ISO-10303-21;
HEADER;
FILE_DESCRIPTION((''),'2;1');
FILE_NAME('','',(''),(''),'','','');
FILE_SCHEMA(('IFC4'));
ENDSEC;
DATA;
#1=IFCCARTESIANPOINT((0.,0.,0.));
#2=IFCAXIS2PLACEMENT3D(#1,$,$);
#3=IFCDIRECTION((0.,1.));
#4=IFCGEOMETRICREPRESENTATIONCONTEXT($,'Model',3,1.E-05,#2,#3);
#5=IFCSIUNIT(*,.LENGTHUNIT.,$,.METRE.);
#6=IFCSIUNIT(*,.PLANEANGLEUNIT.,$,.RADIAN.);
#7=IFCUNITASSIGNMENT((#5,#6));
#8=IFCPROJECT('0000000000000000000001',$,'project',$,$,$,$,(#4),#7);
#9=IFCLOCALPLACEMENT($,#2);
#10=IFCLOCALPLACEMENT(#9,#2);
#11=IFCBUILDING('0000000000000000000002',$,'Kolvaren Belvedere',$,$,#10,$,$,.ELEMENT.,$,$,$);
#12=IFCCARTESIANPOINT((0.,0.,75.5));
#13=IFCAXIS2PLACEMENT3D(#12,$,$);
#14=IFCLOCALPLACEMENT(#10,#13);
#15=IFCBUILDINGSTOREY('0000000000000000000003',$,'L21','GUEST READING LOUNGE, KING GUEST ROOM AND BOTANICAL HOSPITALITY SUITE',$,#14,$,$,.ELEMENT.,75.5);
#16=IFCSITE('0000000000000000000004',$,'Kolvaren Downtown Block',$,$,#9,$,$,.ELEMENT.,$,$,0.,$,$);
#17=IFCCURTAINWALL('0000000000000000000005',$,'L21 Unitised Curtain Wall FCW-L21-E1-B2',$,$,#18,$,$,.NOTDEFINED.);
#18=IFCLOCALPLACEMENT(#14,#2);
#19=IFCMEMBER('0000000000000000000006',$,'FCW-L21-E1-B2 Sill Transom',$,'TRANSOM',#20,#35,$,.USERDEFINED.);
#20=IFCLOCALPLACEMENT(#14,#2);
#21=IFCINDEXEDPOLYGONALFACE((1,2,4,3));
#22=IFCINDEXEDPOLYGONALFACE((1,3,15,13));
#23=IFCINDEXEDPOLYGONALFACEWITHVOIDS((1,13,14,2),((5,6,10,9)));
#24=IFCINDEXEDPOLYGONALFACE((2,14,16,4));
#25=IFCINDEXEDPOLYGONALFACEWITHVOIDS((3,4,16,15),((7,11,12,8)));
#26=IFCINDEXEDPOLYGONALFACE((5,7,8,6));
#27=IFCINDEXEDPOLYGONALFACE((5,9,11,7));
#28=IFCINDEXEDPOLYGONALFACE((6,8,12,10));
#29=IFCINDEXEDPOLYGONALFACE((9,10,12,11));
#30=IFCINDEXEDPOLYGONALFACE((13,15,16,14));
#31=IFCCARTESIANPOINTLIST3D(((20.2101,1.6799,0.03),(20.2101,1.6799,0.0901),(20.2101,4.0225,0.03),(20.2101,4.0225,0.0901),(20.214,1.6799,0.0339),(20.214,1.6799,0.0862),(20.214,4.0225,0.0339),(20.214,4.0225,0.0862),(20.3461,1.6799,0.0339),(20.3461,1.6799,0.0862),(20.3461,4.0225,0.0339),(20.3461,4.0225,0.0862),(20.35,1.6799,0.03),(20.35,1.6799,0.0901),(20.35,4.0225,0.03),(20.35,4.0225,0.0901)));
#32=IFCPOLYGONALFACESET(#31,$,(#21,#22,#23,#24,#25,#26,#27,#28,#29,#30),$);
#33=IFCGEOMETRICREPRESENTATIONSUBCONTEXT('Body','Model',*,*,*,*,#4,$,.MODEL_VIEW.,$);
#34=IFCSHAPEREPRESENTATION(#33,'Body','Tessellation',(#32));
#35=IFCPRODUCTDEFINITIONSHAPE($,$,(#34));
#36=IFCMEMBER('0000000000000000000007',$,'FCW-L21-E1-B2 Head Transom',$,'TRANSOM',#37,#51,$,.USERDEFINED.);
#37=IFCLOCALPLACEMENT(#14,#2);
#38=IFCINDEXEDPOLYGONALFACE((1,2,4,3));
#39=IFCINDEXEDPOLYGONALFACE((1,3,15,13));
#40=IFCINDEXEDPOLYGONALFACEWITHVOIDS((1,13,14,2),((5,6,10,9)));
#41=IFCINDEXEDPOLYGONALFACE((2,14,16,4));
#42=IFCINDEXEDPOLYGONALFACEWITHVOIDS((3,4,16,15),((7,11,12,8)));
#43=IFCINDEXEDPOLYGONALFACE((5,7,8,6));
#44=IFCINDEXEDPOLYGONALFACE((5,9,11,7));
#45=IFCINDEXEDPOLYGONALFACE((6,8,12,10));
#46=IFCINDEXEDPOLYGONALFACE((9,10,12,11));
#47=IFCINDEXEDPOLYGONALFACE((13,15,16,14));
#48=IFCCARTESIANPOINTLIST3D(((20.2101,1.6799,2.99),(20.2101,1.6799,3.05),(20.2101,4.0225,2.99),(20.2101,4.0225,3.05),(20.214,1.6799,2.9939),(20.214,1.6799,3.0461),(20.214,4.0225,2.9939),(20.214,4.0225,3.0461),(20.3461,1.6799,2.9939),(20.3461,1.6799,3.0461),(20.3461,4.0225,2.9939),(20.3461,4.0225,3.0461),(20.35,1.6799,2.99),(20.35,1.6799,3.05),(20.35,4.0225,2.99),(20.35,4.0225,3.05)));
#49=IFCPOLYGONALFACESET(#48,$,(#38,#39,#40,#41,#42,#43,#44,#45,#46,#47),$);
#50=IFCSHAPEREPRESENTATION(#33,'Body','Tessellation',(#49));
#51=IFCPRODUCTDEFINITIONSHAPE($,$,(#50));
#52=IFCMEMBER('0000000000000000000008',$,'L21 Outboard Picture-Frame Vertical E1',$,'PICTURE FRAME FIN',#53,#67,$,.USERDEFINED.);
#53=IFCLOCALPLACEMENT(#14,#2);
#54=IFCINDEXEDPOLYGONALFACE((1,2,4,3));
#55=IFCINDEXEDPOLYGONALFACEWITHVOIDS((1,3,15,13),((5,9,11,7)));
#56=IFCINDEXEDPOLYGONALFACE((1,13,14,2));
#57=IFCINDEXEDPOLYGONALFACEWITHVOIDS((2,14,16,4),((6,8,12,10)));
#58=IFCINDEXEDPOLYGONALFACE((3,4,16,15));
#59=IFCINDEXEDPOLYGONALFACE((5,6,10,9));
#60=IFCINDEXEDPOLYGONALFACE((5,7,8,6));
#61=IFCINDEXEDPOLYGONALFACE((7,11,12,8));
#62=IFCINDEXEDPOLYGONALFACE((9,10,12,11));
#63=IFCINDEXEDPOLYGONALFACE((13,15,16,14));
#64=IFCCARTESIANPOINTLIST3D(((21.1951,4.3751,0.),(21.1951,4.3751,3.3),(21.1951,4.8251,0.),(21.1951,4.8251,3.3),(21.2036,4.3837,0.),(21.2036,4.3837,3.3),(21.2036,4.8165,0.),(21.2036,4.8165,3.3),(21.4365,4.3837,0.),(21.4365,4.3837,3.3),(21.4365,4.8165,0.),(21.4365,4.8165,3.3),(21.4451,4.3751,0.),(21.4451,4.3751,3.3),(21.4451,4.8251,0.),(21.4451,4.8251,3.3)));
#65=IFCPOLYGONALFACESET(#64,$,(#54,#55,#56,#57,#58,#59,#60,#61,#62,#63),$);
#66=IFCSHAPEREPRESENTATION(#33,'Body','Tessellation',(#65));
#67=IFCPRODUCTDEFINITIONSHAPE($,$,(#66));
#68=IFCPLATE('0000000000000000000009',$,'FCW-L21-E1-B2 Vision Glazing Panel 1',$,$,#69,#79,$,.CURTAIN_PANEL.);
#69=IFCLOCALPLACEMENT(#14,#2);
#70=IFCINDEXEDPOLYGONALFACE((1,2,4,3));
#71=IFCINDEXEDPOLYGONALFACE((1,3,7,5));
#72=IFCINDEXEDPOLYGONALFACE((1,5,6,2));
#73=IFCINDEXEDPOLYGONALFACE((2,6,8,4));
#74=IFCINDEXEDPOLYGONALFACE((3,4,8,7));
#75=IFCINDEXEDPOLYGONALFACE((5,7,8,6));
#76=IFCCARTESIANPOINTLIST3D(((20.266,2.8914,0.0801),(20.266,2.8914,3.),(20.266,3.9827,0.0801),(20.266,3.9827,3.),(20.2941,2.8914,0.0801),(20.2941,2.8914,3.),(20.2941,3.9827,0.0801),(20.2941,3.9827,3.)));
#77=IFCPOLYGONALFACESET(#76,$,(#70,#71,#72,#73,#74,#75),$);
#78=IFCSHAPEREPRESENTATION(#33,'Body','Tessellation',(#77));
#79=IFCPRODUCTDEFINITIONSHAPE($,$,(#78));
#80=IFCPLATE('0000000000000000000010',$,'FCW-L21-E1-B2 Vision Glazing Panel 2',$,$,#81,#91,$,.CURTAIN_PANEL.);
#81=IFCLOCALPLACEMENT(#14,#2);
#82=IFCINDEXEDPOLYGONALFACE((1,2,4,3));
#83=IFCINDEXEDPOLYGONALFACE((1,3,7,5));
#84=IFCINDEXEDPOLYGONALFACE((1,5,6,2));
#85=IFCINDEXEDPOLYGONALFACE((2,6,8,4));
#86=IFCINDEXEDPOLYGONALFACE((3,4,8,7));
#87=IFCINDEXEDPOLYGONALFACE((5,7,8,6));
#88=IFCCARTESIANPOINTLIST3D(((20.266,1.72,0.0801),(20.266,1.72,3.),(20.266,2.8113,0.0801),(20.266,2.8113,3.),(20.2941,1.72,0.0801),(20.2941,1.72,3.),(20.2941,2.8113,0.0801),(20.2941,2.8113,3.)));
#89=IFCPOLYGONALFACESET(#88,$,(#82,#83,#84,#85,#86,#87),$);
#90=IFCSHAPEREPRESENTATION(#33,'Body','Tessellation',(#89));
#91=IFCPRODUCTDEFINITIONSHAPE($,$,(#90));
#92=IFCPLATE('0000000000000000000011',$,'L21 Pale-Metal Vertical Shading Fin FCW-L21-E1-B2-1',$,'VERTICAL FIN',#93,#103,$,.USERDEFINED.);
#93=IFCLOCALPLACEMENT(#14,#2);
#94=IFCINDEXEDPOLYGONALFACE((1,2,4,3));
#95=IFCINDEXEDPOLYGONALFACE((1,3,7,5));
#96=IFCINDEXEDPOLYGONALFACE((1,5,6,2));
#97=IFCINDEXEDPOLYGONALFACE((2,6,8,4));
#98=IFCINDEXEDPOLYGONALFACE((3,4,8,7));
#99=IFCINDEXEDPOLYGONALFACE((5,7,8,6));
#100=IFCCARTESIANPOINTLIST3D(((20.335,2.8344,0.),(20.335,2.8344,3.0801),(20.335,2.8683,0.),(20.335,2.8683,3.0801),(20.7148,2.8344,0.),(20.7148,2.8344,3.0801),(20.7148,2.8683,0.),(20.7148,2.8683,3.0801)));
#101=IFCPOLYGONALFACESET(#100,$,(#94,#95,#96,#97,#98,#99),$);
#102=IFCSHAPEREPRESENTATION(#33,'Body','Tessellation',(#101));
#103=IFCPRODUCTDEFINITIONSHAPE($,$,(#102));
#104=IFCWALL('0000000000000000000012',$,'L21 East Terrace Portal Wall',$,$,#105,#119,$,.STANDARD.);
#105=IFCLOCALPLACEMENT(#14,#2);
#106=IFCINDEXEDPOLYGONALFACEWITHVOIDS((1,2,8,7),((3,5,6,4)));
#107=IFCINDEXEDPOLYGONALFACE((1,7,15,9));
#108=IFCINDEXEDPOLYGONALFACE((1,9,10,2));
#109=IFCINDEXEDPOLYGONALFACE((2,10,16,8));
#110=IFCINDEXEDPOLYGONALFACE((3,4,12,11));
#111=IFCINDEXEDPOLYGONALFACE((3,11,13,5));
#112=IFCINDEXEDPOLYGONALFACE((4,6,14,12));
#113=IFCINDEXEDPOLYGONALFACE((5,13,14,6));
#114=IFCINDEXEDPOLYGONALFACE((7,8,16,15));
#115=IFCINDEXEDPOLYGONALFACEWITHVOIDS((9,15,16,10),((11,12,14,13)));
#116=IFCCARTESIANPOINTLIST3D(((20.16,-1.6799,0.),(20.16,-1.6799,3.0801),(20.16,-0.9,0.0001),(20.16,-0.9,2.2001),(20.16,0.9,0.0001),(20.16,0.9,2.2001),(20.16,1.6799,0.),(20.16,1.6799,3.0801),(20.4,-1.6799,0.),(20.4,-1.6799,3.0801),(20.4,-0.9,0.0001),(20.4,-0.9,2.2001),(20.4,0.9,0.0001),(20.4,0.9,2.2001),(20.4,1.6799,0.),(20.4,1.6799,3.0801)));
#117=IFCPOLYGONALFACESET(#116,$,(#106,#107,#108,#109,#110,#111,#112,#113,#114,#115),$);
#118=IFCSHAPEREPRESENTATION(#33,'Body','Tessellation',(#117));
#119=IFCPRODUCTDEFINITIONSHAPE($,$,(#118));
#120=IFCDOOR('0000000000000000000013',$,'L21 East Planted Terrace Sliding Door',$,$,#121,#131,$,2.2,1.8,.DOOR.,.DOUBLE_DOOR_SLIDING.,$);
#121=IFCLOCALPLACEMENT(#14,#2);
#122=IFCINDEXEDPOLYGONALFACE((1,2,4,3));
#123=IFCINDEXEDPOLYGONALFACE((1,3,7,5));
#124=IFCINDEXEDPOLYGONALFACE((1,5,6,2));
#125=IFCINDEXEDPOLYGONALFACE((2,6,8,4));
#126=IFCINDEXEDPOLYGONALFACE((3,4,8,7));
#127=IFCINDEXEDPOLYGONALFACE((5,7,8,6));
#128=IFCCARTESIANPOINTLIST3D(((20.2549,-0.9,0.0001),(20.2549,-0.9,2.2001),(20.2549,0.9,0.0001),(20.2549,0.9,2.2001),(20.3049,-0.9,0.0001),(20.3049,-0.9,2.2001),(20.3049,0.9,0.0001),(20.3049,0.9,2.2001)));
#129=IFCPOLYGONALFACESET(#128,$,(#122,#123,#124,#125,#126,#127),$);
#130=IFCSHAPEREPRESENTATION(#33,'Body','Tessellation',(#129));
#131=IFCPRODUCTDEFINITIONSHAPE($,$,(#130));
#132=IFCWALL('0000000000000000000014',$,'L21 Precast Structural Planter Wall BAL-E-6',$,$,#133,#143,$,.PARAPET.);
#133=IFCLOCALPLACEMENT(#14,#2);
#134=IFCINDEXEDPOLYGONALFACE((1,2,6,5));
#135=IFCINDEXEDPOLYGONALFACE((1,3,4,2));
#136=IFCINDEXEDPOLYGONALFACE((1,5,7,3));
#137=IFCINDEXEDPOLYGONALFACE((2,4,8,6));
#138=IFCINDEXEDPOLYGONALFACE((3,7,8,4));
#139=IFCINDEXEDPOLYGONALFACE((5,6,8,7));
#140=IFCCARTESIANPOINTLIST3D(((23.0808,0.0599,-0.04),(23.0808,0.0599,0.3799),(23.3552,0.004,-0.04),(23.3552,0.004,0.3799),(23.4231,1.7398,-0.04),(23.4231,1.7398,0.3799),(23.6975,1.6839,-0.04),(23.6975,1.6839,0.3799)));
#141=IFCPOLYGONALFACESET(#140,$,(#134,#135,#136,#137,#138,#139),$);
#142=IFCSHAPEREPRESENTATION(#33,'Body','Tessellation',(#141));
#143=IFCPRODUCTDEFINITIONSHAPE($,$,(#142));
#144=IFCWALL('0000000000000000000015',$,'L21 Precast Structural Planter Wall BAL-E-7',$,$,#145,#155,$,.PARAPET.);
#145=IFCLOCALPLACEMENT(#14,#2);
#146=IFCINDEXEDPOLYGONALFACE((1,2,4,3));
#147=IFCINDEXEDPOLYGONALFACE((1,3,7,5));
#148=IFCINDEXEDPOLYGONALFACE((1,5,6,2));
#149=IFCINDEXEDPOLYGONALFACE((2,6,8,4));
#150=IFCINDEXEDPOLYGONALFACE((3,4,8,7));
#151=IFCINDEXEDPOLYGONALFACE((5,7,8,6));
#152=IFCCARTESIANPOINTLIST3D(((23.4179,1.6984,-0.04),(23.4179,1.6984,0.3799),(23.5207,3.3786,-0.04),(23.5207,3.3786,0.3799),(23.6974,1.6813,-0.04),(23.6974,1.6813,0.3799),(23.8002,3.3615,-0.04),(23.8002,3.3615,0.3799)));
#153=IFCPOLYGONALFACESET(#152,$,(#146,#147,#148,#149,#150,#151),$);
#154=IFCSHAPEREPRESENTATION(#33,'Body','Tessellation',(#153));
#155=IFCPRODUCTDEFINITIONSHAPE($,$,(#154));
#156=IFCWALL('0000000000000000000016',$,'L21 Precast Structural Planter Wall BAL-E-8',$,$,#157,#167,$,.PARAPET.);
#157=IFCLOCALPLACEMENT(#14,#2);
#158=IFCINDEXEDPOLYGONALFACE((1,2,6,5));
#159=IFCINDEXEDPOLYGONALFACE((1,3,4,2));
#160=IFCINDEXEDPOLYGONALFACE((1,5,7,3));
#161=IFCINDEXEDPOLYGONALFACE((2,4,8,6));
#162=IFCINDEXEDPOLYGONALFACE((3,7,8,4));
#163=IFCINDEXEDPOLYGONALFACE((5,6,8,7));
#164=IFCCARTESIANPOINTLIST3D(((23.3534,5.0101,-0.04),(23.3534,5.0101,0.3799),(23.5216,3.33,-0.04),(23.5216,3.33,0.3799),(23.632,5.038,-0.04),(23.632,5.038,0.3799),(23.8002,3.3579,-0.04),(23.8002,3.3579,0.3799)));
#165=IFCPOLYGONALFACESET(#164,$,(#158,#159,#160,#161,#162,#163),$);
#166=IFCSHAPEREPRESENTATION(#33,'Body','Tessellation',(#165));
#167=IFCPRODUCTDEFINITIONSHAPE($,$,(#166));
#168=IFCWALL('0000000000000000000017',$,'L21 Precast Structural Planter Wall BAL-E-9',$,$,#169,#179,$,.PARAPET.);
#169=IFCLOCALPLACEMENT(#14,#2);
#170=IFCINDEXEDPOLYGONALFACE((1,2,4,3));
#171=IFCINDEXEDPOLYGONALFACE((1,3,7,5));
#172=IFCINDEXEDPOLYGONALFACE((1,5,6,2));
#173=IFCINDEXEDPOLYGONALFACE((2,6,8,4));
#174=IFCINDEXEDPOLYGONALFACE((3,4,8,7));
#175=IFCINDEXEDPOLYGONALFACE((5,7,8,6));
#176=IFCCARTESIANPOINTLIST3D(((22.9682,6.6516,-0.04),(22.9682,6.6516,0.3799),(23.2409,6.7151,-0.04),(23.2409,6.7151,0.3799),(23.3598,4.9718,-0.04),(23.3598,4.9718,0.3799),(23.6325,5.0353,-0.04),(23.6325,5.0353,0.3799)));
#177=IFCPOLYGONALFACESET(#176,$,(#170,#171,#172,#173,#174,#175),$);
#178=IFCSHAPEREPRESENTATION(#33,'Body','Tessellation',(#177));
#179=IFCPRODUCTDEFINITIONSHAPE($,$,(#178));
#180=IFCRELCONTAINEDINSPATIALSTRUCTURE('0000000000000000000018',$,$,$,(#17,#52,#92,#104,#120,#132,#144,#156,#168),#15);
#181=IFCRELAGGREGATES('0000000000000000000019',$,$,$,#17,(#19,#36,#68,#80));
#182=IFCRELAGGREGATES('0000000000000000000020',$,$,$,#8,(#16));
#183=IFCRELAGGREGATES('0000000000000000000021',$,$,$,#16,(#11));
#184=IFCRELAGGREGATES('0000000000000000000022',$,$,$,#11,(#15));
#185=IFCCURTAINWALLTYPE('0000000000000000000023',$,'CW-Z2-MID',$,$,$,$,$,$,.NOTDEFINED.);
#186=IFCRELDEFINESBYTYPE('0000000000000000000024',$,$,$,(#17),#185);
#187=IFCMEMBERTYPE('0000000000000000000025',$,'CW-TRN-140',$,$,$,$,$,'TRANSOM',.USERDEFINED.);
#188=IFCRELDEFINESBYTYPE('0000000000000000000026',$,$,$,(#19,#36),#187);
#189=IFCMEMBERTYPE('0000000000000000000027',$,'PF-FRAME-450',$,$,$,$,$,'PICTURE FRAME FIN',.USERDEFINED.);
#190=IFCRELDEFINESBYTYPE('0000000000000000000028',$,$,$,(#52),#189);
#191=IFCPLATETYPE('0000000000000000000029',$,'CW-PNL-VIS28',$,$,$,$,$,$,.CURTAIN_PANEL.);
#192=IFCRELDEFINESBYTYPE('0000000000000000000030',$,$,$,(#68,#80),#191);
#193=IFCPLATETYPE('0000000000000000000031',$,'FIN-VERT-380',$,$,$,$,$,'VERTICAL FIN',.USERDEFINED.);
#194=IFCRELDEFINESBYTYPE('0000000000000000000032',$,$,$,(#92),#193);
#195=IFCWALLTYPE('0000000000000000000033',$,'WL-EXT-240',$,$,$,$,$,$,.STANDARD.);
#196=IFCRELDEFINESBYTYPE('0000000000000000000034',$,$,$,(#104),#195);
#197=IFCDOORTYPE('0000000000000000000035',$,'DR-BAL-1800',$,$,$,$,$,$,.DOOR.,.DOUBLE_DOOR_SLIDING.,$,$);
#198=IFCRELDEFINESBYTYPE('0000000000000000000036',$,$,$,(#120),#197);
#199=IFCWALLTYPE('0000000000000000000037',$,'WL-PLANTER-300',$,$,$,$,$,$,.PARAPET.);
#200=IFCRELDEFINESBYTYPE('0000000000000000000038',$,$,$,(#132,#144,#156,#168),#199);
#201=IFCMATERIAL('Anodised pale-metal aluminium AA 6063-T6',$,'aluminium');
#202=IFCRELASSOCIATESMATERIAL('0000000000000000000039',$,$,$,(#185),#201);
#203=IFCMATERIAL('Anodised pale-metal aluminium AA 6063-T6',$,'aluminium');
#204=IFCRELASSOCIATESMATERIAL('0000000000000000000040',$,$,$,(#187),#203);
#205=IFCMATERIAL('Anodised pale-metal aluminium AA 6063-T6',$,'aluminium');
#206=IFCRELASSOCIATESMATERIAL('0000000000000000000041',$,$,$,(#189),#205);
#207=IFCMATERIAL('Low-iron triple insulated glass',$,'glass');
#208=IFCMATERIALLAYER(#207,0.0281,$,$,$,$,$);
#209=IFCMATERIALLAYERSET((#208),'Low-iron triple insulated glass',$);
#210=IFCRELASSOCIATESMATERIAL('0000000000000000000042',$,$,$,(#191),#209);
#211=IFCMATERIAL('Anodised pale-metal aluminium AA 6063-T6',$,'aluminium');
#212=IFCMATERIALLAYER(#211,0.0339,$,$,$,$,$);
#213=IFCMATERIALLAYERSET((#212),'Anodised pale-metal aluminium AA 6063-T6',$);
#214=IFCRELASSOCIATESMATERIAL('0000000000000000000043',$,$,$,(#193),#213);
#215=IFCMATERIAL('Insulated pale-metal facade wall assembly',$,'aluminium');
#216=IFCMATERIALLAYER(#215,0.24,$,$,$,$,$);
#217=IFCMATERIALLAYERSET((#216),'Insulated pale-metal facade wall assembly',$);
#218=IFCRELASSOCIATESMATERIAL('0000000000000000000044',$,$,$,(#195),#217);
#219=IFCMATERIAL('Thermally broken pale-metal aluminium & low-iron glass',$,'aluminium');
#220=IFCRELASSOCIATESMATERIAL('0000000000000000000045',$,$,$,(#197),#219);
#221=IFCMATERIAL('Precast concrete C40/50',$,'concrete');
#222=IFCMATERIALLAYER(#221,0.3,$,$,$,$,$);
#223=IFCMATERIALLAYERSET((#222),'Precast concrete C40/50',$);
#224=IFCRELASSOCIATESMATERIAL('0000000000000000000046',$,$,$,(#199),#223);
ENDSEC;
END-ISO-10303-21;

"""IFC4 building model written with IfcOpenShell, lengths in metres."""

from ifc_helpers import new_model, si_unit, direction, frame, frame_2d, origin, origin_2d, place, context, subcontext, project, spatial, rectangle, hollow_rectangle, extrude, material, layer, layer_set, material_profile, profile_set, type_object, element, fill, aggregate, save


model = new_model("IFC4")

# Units and contexts
model_context = context("Model", 3, precision=1e-05, world=origin(), true_north=direction((0.0, 1.0)))
body_context = subcontext(model_context, "Body", "Model", "MODEL_VIEW")
ifc_project = project(units=[si_unit("LENGTHUNIT", "METRE"), si_unit("PLANEANGLEUNIT", "RADIAN")], contexts=[model_context])

# Site, building, storey
site_placement = place(None, origin())
site = spatial("IfcSite", under=ifc_project, at=site_placement, Name="Kolvaren Downtown Block", CompositionType="ELEMENT", RefElevation=0.0)
building_placement = place(site_placement, origin())
building = spatial("IfcBuilding", under=site, at=building_placement, Name="Kolvaren Belvedere", CompositionType="ELEMENT")
storey_placement = place(building_placement, frame((0.0, 0.0, 75.5)))
storey = spatial("IfcBuildingStorey", under=building, at=storey_placement, Name="L21", Description="GUEST READING LOUNGE, KING GUEST ROOM AND BOTANICAL HOSPITALITY SUITE", CompositionType="ELEMENT", Elevation=75.5)

# Shared definitions
ifc_material_1 = material(Name="Anodised pale-metal aluminium AA 6063-T6", Category="aluminium")
curtain_wall_type = type_object("IfcCurtainWallType", Name="CW-Z2-MID", PredefinedType="NOTDEFINED", material=ifc_material_1)

# Curtain wall, members
curtain_wall_1_placement = place(storey_placement, origin())
curtain_wall_1 = element("IfcCurtainWall", 1, at=curtain_wall_1_placement, inside=storey, type_object=curtain_wall_type, Name="L21 Unitised Curtain Wall FCW-L21-E1-B2", PredefinedType="NOTDEFINED")
ifc_material_2 = material(Name="Anodised pale-metal aluminium AA 6063-T6", Category="aluminium")
ifc_material_profile_1 = material_profile(ifc_material_2, hollow_rectangle(XDim=0.0601, YDim=0.1399, WallThickness=0.0039, at=origin_2d()), Name="ALU-TRN-140X60")
ifc_profile_set_1 = profile_set([ifc_material_profile_1], Name="Anodised pale-metal aluminium AA 6063-T6")
member_type_1 = type_object("IfcMemberType", Name="CW-TRN-140", ElementType="TRANSOM", PredefinedType="USERDEFINED", material=ifc_profile_set_1)
member_1_placement = place(storey_placement, frame((20.28, 4.0225, 0.0601), z_axis=(0.0, -1.0, 0.0), x_axis=(0.0, 0.0, 1.0)))
member_1 = element("IfcMember", 2, at=member_1_placement, type_object=member_type_1, Name="FCW-L21-E1-B2 Sill Transom", ObjectType="TRANSOM", PredefinedType="USERDEFINED", context=body_context, shape_type="SweptSolid", body=[
    extrude(hollow_rectangle(XDim=0.0601, YDim=0.1399, WallThickness=0.0039, at=origin_2d()), origin(), (0.0, 0.0, 1.0), 2.3425),
])
member_2_placement = place(storey_placement, frame((20.28, 4.0225, 3.02), z_axis=(0.0, -1.0, 0.0), x_axis=(0.0, 0.0, 1.0)))
member_2 = element("IfcMember", 3, at=member_2_placement, type_object=member_type_1, Name="FCW-L21-E1-B2 Head Transom", ObjectType="TRANSOM", PredefinedType="USERDEFINED", context=body_context, shape_type="SweptSolid", body=[
    extrude(hollow_rectangle(XDim=0.0601, YDim=0.1399, WallThickness=0.0039, at=origin_2d()), origin(), (0.0, 0.0, 1.0), 2.3425),
])

# Member
ifc_material_3 = material(Name="Anodised pale-metal aluminium AA 6063-T6", Category="aluminium")
ifc_material_profile_2 = material_profile(ifc_material_3, hollow_rectangle(XDim=0.25, YDim=0.45, WallThickness=0.0085, at=origin_2d()), Name="ALU-PF-450X250")
ifc_profile_set_2 = profile_set([ifc_material_profile_2], Name="Anodised pale-metal aluminium AA 6063-T6")
member_type_2 = type_object("IfcMemberType", Name="PF-FRAME-450", ElementType="PICTURE FRAME FIN", PredefinedType="USERDEFINED", material=ifc_profile_set_2)
member_3_placement = place(storey_placement, frame((21.3201, 4.6001, 0.0), z_axis=(0.0, 0.0, 1.0), x_axis=(1.0, 0.0, 0.0)))
element("IfcMember", 4, at=member_3_placement, inside=storey, type_object=member_type_2, Name="L21 Outboard Picture-Frame Vertical E1", ObjectType="PICTURE FRAME FIN", PredefinedType="USERDEFINED", context=body_context, shape_type="SweptSolid", body=[
    extrude(hollow_rectangle(XDim=0.25, YDim=0.45, WallThickness=0.0085, at=origin_2d()), origin(), (0.0, 0.0, 1.0), 3.3),
])

# Plates
ifc_material_4 = material(Name="Low-iron triple insulated glass", Category="glass")
ifc_layer_1 = layer(ifc_material_4, 0.0281)
ifc_layer_set_1 = layer_set([ifc_layer_1], Name="Low-iron triple insulated glass")
plate_type_1 = type_object("IfcPlateType", Name="CW-PNL-VIS28", PredefinedType="CURTAIN_PANEL", material=ifc_layer_set_1)
plate_1_placement = place(storey_placement, frame((20.28, 3.437, 0.0801), z_axis=(0.0, 0.0, 1.0), x_axis=(0.0, -1.0, 0.0)))
plate_1 = element("IfcPlate", 5, at=plate_1_placement, type_object=plate_type_1, Name="FCW-L21-E1-B2 Vision Glazing Panel 1", PredefinedType="CURTAIN_PANEL", context=body_context, shape_type="SweptSolid", body=[
    extrude(rectangle(XDim=1.0913, YDim=0.0281, at=origin_2d()), origin(), (0.0, 0.0, 1.0), 2.9199),
])
plate_2_placement = place(storey_placement, frame((20.28, 2.2656, 0.0801), z_axis=(0.0, 0.0, 1.0), x_axis=(0.0, -1.0, 0.0)))
plate_2 = element("IfcPlate", 6, at=plate_2_placement, type_object=plate_type_1, Name="FCW-L21-E1-B2 Vision Glazing Panel 2", PredefinedType="CURTAIN_PANEL", context=body_context, shape_type="SweptSolid", body=[
    extrude(rectangle(XDim=1.0913, YDim=0.0281, at=origin_2d()), origin(), (0.0, 0.0, 1.0), 2.9199),
])
aggregate(curtain_wall_1, [member_1, member_2, plate_1, plate_2])
ifc_material_5 = material(Name="Anodised pale-metal aluminium AA 6063-T6", Category="aluminium")
ifc_layer_2 = layer(ifc_material_5, 0.0339)
ifc_layer_set_2 = layer_set([ifc_layer_2], Name="Anodised pale-metal aluminium AA 6063-T6")
plate_type_2 = type_object("IfcPlateType", Name="FIN-VERT-380", ElementType="VERTICAL FIN", PredefinedType="USERDEFINED", material=ifc_layer_set_2)
plate_3_placement = place(storey_placement, frame((20.5249, 2.8513, 0.0), z_axis=(0.0, 0.0, 1.0), x_axis=(1.0, 0.0, 0.0)))
element("IfcPlate", 7, at=plate_3_placement, inside=storey, type_object=plate_type_2, Name="L21 Pale-Metal Vertical Shading Fin FCW-L21-E1-B2-1", ObjectType="VERTICAL FIN", PredefinedType="USERDEFINED", context=body_context, shape_type="SweptSolid", body=[
    extrude(rectangle(XDim=0.3799, YDim=0.0339, at=origin_2d()), origin(), (0.0, 0.0, 1.0), 3.0801),
])

# Wall, opening, door
ifc_material_6 = material(Name="Insulated pale-metal facade wall assembly", Category="aluminium")
ifc_layer_3 = layer(ifc_material_6, 0.24)
ifc_layer_set_3 = layer_set([ifc_layer_3], Name="Insulated pale-metal facade wall assembly")
wall_type_1 = type_object("IfcWallType", Name="WL-EXT-240", PredefinedType="STANDARD", material=ifc_layer_set_3)
wall_1_placement = place(storey_placement, frame((20.28, 1.6799, 0.0), z_axis=(0.0, 0.0, 1.0), x_axis=(0.0, -1.0, 0.0)))
wall_1 = element("IfcWall", 8, at=wall_1_placement, inside=storey, type_object=wall_type_1, Name="L21 East Terrace Portal Wall", PredefinedType="STANDARD", context=body_context, shape_type="SweptSolid", body=[
    extrude(rectangle(XDim=3.3599, YDim=0.24, at=frame_2d((1.6799, 0.0))), origin(), (0.0, 0.0, 1.0), 3.0801),
])
opening_placement = place(wall_1_placement, frame((0.78, 0.0, 0.0)))
opening = element("IfcOpeningElement", 9, at=opening_placement, cuts=wall_1, PredefinedType="OPENING", context=body_context, shape_type="SweptSolid", body=[
    extrude(rectangle(XDim=1.8, YDim=2.2, at=frame_2d((0.8999, 1.1001))), frame((0.0, 0.1299, 0.0), z_axis=(0.0, -1.0, 0.0), x_axis=(1.0, 0.0, 0.0)), (0.0, 0.0, 1.0), 0.26),
])
ifc_material_7 = material(Name="Thermally broken pale-metal aluminium & low-iron glass", Category="aluminium")
door_type = type_object("IfcDoorType", Name="DR-BAL-1800", OperationType="DOUBLE_DOOR_SLIDING", PredefinedType="DOOR", material=ifc_material_7)
door_placement = place(opening_placement, origin())
door = element("IfcDoor", 10, at=door_placement, inside=storey, type_object=door_type, Name="L21 East Planted Terrace Sliding Door", OperationType="DOUBLE_DOOR_SLIDING", OverallHeight=2.2, OverallWidth=1.8, PredefinedType="DOOR", context=body_context, shape_type="SweptSolid", body=[
    extrude(rectangle(XDim=1.8, YDim=2.2, at=frame_2d((0.8999, 1.1001))), frame((0.0, 0.0249, 0.0), z_axis=(0.0, -1.0, 0.0), x_axis=(1.0, 0.0, 0.0)), (0.0, 0.0, 1.0), 0.05),
])
fill(opening, door)

# Walls
ifc_material_8 = material(Name="Precast concrete C40/50", Category="concrete")
ifc_layer_4 = layer(ifc_material_8, 0.3)
ifc_layer_set_4 = layer_set([ifc_layer_4], Name="Precast concrete C40/50")
wall_type_2 = type_object("IfcWallType", Name="WL-PLANTER-300", PredefinedType="PARAPET", material=ifc_layer_set_4)
wall_2_placement = place(storey_placement, frame((23.218, 0.032, -0.04), z_axis=(0.0, 0.0, 1.0), x_axis=(0.199648, 0.979868, 0.0)))
element("IfcWall", 11, at=wall_2_placement, inside=storey, type_object=wall_type_2, Name="L21 Precast Structural Planter Wall BAL-E-6", PredefinedType="PARAPET", context=body_context, shape_type="SweptSolid", body=[
    extrude(rectangle(XDim=1.7144, YDim=0.28, at=frame_2d((0.8572, 0.0))), origin(), (0.0, 0.0, 1.0), 0.4199),
])
wall_3_placement = place(storey_placement, frame((23.5576, 1.6897, -0.04), z_axis=(0.0, 0.0, 1.0), x_axis=(0.06106, 0.998134, 0.0)))
element("IfcWall", 12, at=wall_3_placement, inside=storey, type_object=wall_type_2, Name="L21 Precast Structural Planter Wall BAL-E-7", PredefinedType="PARAPET", context=body_context, shape_type="SweptSolid", body=[
    extrude(rectangle(XDim=1.6833, YDim=0.28, at=frame_2d((0.8418, 0.0))), origin(), (0.0, 0.0, 1.0), 0.4199),
])
wall_4_placement = place(storey_placement, frame((23.6609, 3.344, -0.04), z_axis=(0.0, 0.0, 1.0), x_axis=(-0.099618, 0.995026, 0.0)))
element("IfcWall", 13, at=wall_4_placement, inside=storey, type_object=wall_type_2, Name="L21 Precast Structural Planter Wall BAL-E-8", PredefinedType="PARAPET", context=body_context, shape_type="SweptSolid", body=[
    extrude(rectangle(XDim=1.6885, YDim=0.28, at=frame_2d((0.8442, 0.0))), origin(), (0.0, 0.0, 1.0), 0.4199),
])
wall_5_placement = place(storey_placement, frame((23.4961, 5.0037, -0.04), z_axis=(0.0, 0.0, 1.0), x_axis=(-0.227019, 0.97389, 0.0)))
element("IfcWall", 14, at=wall_5_placement, inside=storey, type_object=wall_type_2, Name="L21 Precast Structural Planter Wall BAL-E-9", PredefinedType="PARAPET", context=body_context, shape_type="SweptSolid", body=[
    extrude(rectangle(XDim=1.7249, YDim=0.28, at=frame_2d((0.8623, 0.0))), origin(), (0.0, 0.0, 1.0), 0.4199),
])

save(model, "model.ifc")
